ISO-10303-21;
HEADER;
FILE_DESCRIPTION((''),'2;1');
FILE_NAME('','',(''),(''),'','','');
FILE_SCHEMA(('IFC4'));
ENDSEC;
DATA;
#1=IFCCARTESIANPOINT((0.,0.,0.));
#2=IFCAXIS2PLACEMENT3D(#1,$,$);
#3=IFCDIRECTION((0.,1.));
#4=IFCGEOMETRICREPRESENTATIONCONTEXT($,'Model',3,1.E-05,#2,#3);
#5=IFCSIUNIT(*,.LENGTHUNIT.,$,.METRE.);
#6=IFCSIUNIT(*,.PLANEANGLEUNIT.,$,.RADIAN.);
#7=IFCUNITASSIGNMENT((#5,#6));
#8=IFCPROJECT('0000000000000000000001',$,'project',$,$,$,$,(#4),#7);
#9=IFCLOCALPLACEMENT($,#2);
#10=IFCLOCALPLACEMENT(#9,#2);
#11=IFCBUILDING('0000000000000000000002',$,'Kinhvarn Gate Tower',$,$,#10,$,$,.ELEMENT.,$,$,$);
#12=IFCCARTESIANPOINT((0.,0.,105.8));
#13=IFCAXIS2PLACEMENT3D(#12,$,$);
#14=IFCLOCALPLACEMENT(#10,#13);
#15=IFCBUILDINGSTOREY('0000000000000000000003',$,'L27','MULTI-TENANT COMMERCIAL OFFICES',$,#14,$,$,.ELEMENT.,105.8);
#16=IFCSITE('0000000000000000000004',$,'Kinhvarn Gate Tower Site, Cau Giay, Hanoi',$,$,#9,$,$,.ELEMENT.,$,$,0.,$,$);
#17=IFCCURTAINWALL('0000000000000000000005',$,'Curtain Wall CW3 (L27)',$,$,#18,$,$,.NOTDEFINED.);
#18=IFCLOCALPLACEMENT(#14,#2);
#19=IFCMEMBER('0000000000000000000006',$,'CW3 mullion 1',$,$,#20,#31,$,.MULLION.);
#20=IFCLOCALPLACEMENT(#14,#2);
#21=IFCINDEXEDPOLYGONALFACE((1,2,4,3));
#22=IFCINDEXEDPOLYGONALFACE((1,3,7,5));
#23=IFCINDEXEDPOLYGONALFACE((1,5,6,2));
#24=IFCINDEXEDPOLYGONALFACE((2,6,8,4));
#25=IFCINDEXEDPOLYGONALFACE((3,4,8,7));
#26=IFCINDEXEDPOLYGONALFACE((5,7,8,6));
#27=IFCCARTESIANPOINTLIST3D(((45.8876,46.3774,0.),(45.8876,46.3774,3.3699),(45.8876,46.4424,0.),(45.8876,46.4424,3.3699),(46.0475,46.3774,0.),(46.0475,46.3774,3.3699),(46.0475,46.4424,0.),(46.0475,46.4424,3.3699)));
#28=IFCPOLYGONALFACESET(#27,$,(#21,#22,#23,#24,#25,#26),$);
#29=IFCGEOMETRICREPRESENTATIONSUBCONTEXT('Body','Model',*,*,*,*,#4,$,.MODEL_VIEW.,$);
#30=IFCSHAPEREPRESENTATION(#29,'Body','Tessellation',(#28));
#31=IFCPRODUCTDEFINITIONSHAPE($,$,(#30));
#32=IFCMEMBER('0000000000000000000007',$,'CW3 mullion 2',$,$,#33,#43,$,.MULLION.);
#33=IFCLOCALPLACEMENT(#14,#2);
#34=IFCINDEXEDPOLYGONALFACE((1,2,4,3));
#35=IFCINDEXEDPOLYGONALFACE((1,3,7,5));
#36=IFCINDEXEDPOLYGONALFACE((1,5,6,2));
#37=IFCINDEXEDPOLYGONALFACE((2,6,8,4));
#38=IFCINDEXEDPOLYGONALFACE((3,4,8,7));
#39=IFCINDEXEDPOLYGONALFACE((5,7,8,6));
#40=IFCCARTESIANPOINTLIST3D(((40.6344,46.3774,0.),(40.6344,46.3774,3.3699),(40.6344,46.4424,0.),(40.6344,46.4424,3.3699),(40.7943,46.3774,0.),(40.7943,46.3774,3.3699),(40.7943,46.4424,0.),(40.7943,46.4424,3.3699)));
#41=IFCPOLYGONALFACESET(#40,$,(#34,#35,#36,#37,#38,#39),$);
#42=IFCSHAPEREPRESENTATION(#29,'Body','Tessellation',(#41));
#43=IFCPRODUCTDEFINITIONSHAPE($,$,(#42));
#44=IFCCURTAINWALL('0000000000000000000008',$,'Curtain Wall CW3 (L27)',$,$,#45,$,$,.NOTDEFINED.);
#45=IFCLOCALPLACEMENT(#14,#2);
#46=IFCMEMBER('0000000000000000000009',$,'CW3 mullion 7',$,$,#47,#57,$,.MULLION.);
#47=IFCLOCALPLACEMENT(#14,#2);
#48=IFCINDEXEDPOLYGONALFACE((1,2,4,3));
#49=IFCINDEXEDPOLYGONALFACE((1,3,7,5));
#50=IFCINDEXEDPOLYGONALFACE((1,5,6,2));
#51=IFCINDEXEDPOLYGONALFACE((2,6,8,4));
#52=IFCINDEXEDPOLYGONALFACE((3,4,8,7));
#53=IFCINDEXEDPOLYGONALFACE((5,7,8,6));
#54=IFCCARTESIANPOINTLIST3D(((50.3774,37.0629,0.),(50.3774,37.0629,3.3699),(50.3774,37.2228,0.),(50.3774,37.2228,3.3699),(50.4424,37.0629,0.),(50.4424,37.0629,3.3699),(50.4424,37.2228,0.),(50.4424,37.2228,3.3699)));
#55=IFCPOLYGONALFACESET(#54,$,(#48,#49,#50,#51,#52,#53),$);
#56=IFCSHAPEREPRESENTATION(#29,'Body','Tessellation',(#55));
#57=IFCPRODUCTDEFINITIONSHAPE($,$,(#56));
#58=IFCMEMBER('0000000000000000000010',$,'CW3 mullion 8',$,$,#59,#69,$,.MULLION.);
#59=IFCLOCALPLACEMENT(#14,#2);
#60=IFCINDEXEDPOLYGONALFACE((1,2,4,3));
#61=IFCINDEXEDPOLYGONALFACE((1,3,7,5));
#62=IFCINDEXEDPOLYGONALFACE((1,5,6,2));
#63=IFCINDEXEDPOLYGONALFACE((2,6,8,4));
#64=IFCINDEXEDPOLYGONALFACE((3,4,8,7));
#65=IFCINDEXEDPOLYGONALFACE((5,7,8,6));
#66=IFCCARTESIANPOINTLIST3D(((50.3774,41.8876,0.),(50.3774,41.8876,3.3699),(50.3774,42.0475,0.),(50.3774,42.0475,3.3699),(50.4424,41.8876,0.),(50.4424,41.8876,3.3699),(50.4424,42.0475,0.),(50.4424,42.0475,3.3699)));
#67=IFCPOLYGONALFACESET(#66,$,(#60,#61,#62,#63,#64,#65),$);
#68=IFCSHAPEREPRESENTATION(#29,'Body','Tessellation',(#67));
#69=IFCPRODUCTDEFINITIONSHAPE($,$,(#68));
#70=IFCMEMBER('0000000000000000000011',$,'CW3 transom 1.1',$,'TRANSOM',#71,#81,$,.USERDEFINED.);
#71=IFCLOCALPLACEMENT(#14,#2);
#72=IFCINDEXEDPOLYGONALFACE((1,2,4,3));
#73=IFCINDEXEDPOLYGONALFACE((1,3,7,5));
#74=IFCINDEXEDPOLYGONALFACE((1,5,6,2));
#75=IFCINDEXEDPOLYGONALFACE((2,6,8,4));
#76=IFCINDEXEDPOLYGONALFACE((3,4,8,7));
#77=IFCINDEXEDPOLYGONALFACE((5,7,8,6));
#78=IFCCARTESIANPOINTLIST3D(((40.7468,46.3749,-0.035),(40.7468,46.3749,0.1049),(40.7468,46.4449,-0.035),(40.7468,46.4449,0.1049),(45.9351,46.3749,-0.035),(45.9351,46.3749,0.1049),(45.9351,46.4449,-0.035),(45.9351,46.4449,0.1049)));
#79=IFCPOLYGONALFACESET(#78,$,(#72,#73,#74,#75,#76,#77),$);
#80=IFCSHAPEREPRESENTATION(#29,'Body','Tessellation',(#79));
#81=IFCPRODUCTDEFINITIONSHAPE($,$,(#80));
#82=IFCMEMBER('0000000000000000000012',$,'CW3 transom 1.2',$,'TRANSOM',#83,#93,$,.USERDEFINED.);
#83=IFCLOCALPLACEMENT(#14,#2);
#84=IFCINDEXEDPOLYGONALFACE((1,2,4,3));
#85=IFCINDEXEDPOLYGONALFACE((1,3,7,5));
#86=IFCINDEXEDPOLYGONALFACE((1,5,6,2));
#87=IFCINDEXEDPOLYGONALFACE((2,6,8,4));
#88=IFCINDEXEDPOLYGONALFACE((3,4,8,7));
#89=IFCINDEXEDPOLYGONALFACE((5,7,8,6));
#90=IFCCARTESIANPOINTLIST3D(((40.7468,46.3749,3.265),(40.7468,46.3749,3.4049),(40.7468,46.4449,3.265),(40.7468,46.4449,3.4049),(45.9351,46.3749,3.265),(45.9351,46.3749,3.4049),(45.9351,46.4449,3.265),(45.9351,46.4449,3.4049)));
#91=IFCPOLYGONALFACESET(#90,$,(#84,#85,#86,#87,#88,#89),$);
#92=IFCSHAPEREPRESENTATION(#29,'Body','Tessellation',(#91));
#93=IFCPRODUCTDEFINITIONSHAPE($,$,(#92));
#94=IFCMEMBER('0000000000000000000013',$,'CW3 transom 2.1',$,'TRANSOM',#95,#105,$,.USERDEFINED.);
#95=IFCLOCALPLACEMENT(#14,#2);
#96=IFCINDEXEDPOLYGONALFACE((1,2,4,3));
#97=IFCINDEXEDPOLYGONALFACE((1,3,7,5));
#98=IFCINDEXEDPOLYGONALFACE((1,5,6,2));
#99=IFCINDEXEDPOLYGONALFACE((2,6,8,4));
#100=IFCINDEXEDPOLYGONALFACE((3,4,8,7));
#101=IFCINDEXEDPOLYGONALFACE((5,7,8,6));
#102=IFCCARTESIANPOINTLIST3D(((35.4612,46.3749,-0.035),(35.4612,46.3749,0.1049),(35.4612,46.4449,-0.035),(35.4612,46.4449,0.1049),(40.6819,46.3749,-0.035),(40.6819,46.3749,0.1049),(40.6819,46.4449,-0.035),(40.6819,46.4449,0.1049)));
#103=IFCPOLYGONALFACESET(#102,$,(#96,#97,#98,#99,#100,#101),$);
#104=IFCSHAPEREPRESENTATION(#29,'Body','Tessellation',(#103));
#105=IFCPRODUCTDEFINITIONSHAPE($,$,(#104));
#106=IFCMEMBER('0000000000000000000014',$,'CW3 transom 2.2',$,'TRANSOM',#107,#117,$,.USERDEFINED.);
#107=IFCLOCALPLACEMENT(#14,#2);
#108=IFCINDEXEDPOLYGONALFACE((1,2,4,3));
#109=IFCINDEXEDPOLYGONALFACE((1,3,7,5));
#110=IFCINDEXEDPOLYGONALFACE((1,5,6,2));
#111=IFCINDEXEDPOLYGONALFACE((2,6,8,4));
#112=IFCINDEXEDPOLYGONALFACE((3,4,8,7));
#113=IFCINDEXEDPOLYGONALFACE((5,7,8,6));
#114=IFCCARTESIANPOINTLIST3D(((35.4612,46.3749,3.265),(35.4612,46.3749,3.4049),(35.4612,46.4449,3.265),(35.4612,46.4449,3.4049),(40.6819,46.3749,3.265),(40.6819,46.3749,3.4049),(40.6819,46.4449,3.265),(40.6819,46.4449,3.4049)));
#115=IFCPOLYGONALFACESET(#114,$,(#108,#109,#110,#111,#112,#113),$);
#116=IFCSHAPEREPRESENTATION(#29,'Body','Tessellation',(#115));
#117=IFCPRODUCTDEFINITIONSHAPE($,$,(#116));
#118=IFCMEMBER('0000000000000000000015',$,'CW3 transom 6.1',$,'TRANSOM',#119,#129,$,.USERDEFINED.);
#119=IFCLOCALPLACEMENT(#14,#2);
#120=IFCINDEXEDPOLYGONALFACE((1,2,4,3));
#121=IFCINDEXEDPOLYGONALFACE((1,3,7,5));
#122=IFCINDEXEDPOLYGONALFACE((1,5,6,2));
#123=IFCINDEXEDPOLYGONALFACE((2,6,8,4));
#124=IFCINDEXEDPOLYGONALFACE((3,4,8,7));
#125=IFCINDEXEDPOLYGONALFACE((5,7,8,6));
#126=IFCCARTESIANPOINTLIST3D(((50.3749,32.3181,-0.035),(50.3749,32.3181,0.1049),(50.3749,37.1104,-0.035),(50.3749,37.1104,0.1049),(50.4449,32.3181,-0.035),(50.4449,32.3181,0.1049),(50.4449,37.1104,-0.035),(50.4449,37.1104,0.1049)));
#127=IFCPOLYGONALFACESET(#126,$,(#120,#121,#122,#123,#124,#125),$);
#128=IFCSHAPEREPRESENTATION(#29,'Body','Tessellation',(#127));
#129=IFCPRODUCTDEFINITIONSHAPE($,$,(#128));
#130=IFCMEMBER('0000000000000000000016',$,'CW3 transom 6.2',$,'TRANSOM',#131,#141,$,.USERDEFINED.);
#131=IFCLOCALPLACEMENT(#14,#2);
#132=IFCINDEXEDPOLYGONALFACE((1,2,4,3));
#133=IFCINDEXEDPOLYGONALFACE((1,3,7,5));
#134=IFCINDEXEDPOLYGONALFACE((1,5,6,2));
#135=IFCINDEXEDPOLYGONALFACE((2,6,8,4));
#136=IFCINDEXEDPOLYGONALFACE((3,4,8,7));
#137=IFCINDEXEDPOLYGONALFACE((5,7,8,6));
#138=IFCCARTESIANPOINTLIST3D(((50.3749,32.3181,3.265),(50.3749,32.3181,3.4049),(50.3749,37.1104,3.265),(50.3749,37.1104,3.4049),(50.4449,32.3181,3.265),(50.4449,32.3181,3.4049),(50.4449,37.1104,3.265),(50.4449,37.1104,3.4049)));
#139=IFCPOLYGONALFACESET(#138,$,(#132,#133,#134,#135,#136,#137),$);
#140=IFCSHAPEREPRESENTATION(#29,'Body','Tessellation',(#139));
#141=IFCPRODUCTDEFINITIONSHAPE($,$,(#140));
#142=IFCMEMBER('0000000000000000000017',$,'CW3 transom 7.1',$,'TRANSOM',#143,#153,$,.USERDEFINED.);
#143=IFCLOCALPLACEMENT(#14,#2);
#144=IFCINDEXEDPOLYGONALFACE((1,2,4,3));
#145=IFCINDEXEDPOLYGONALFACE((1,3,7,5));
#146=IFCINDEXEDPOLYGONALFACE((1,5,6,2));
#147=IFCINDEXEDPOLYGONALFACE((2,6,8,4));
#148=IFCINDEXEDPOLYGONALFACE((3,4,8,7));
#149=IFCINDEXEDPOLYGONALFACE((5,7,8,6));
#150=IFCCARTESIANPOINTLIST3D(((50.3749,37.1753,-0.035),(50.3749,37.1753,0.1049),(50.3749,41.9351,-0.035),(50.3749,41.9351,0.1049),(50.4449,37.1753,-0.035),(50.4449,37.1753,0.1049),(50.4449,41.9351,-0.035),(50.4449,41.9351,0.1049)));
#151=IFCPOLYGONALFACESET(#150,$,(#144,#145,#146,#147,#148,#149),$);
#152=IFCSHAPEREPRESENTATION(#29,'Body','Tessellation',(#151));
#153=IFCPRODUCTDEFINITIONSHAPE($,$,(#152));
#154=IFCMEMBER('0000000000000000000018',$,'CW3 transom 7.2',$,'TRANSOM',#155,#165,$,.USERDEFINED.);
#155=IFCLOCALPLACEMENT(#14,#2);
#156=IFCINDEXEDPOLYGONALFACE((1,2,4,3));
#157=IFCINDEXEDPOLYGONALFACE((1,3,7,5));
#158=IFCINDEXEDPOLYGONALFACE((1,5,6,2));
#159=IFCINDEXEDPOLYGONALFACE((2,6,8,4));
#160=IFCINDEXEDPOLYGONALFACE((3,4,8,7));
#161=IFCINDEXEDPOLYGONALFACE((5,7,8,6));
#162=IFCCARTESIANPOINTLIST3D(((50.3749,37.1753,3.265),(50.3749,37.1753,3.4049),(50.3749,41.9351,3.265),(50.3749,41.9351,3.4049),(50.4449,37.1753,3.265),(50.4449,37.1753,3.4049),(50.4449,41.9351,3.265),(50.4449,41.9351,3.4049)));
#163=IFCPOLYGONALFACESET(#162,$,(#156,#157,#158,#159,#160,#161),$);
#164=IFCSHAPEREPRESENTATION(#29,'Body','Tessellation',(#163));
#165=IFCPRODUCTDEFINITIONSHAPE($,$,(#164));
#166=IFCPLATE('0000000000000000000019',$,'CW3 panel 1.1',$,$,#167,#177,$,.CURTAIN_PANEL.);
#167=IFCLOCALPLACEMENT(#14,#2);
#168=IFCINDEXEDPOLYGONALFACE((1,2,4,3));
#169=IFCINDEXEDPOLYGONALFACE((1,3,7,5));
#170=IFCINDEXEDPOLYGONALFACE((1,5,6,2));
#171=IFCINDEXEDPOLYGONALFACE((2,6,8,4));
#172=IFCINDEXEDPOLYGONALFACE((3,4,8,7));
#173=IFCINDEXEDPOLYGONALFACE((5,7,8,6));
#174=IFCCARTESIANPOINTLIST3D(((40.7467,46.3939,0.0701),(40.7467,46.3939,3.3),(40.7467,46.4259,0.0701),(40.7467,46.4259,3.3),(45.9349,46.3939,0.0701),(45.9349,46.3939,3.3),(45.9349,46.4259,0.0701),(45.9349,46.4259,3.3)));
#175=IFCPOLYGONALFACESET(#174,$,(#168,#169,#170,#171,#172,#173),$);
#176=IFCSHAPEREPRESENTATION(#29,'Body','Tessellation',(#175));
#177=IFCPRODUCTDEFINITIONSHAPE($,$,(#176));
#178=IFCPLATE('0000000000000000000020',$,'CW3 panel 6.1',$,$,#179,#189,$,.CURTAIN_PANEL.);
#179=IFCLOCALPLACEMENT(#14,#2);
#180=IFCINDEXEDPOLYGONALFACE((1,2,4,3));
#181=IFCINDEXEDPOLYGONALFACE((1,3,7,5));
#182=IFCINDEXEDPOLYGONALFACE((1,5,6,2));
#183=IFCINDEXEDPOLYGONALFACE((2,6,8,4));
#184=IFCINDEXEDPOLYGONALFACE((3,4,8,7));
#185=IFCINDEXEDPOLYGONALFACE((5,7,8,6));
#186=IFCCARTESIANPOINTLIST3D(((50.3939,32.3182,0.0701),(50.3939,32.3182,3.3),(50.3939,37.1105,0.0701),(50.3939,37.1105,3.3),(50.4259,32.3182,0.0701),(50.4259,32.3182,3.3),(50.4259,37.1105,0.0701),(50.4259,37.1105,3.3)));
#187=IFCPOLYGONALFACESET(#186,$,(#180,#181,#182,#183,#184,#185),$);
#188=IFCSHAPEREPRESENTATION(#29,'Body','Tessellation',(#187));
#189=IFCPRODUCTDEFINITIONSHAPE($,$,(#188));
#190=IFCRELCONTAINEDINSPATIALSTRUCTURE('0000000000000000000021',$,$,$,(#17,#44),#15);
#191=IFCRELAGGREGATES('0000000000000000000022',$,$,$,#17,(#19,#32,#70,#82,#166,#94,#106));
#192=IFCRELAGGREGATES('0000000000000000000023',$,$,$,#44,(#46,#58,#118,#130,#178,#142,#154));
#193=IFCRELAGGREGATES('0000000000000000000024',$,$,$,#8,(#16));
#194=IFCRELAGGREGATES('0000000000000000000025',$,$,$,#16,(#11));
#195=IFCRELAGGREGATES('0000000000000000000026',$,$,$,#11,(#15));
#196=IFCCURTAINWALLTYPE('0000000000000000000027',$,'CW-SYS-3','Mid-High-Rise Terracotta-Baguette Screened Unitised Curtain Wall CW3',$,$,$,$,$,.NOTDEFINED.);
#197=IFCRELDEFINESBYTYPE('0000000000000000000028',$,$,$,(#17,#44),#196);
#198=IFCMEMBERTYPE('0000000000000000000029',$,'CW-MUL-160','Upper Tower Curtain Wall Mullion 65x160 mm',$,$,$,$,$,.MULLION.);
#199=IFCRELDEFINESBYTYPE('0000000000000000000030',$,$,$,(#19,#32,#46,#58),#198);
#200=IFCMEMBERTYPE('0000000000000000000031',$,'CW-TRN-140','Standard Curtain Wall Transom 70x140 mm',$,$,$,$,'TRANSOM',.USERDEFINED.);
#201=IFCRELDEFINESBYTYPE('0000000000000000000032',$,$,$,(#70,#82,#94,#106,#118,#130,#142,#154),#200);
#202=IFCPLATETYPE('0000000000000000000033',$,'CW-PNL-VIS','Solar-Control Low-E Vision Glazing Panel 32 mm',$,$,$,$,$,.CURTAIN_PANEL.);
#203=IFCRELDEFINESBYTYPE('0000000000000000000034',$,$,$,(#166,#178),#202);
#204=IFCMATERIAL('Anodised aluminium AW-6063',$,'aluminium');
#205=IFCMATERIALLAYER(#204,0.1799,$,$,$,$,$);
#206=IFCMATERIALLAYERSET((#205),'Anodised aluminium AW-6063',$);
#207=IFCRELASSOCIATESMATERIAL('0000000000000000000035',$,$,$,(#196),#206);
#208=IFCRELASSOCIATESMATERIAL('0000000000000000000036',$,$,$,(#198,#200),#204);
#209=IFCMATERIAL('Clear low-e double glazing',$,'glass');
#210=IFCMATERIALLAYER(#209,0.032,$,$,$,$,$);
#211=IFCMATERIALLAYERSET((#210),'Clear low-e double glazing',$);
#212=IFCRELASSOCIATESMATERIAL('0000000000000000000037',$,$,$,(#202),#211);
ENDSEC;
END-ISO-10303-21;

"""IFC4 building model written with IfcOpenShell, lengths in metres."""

from ifc_helpers import new_model, si_unit, direction, frame, origin, origin_2d, place, context, subcontext, project, spatial, rectangle, extrude, material, layer, layer_set, material_profile, profile_set, type_object, element, aggregate, save


model = new_model("IFC4")

# Units and contexts
model_context = context("Model", 3, precision=1e-05, world=origin(), true_north=direction((0.0, 1.0)))
body_context = subcontext(model_context, "Body", "Model", "MODEL_VIEW")
ifc_project = project(units=[si_unit("LENGTHUNIT", "METRE"), si_unit("PLANEANGLEUNIT", "RADIAN")], contexts=[model_context])

# Site, building, storey
site_placement = place(None, origin())
site = spatial("IfcSite", under=ifc_project, at=site_placement, Name="Kinhvarn Gate Tower Site, Cau Giay, Hanoi", CompositionType="ELEMENT", RefElevation=0.0)
building_placement = place(site_placement, origin())
building = spatial("IfcBuilding", under=site, at=building_placement, Name="Kinhvarn Gate Tower", CompositionType="ELEMENT")
storey_placement = place(building_placement, frame((0.0, 0.0, 105.8)))
storey = spatial("IfcBuildingStorey", under=building, at=storey_placement, Name="L27", Description="MULTI-TENANT COMMERCIAL OFFICES", CompositionType="ELEMENT", Elevation=105.8)

# Curtain walls, members
ifc_material_1 = material(Name="Anodised aluminium AW-6063", Category="aluminium")
ifc_layer_1 = layer(ifc_material_1, 0.1799)
ifc_layer_set_1 = layer_set([ifc_layer_1], Name="Anodised aluminium AW-6063")
curtain_wall_type = type_object("IfcCurtainWallType", Name="CW-SYS-3", Description="Mid-High-Rise Terracotta-Baguette Screened Unitised Curtain Wall CW3", PredefinedType="NOTDEFINED", material=ifc_layer_set_1)
curtain_wall_1_placement = place(storey_placement, origin())
curtain_wall_1 = element("IfcCurtainWall", 1, at=curtain_wall_1_placement, inside=storey, type_object=curtain_wall_type, Name="Curtain Wall CW3 (L27)", PredefinedType="NOTDEFINED")
ifc_material_profile_1 = material_profile(ifc_material_1, rectangle(XDim=0.0649, YDim=0.1599, at=origin_2d()), Name="ALU 65x160")
ifc_profile_set_1 = profile_set([ifc_material_profile_1], Name="Anodised aluminium AW-6063")
member_type_1 = type_object("IfcMemberType", Name="CW-MUL-160", Description="Upper Tower Curtain Wall Mullion 65x160 mm", PredefinedType="MULLION", material=ifc_profile_set_1)
member_1_placement = place(storey_placement, frame((45.9675, 46.4099, 0.0), z_axis=(0.0, 0.0, 1.0), x_axis=(0.0, -1.0, 0.0)))
member_1 = element("IfcMember", 2, at=member_1_placement, type_object=member_type_1, Name="CW3 mullion 1", PredefinedType="MULLION", context=body_context, shape_type="SweptSolid", body=[
    extrude(rectangle(XDim=0.0649, YDim=0.1599, at=origin_2d()), origin(), (0.0, 0.0, 1.0), 3.3699),
])
member_2_placement = place(storey_placement, frame((40.7144, 46.4099, 0.0), z_axis=(0.0, 0.0, 1.0), x_axis=(0.0, -1.0, 0.0)))
member_2 = element("IfcMember", 3, at=member_2_placement, type_object=member_type_1, Name="CW3 mullion 2", PredefinedType="MULLION", context=body_context, shape_type="SweptSolid", body=[
    extrude(rectangle(XDim=0.0649, YDim=0.1599, at=origin_2d()), origin(), (0.0, 0.0, 1.0), 3.3699),
])
curtain_wall_2_placement = place(storey_placement, origin())
curtain_wall_2 = element("IfcCurtainWall", 4, at=curtain_wall_2_placement, inside=storey, type_object=curtain_wall_type, Name="Curtain Wall CW3 (L27)", PredefinedType="NOTDEFINED")
member_3_placement = place(storey_placement, frame((50.4099, 37.1428, 0.0), z_axis=(0.0, 0.0, 1.0), x_axis=(-1.0, 0.0, 0.0)))
member_3 = element("IfcMember", 5, at=member_3_placement, type_object=member_type_1, Name="CW3 mullion 7", PredefinedType="MULLION", context=body_context, shape_type="SweptSolid", body=[
    extrude(rectangle(XDim=0.0649, YDim=0.1599, at=origin_2d()), origin(), (0.0, 0.0, 1.0), 3.3699),
])
member_4_placement = place(storey_placement, frame((50.4099, 41.9675, 0.0), z_axis=(0.0, 0.0, 1.0), x_axis=(-1.0, 0.0, 0.0)))
member_4 = element("IfcMember", 6, at=member_4_placement, type_object=member_type_1, Name="CW3 mullion 8", PredefinedType="MULLION", context=body_context, shape_type="SweptSolid", body=[
    extrude(rectangle(XDim=0.0649, YDim=0.1599, at=origin_2d()), origin(), (0.0, 0.0, 1.0), 3.3699),
])

# Members
ifc_material_profile_2 = material_profile(ifc_material_1, rectangle(XDim=0.0701, YDim=0.1399, at=origin_2d()), Name="ALU 70x140")
ifc_profile_set_2 = profile_set([ifc_material_profile_2], Name="Anodised aluminium AW-6063")
member_type_2 = type_object("IfcMemberType", Name="CW-TRN-140", Description="Standard Curtain Wall Transom 70x140 mm", ElementType="TRANSOM", PredefinedType="USERDEFINED", material=ifc_profile_set_2)
member_5_placement = place(storey_placement, frame((45.9351, 46.4099, 0.0349), z_axis=(-1.0, 0.0, 0.0), x_axis=(0.0, -1.0, 0.0)))
member_5 = element("IfcMember", 7, at=member_5_placement, type_object=member_type_2, Name="CW3 transom 1.1", ObjectType="TRANSOM", PredefinedType="USERDEFINED", context=body_context, shape_type="SweptSolid", body=[
    extrude(rectangle(XDim=0.0701, YDim=0.1399, at=origin_2d()), origin(), (0.0, 0.0, 1.0), 5.1882),
])
member_6_placement = place(storey_placement, frame((45.9351, 46.4099, 3.335), z_axis=(-1.0, 0.0, 0.0), x_axis=(0.0, -1.0, 0.0)))
member_6 = element("IfcMember", 8, at=member_6_placement, type_object=member_type_2, Name="CW3 transom 1.2", ObjectType="TRANSOM", PredefinedType="USERDEFINED", context=body_context, shape_type="SweptSolid", body=[
    extrude(rectangle(XDim=0.0701, YDim=0.1399, at=origin_2d()), origin(), (0.0, 0.0, 1.0), 5.1882),
])
member_7_placement = place(storey_placement, frame((40.6819, 46.4099, 0.0349), z_axis=(-1.0, 0.0, 0.0), x_axis=(0.0, -1.0, 0.0)))
member_7 = element("IfcMember", 9, at=member_7_placement, type_object=member_type_2, Name="CW3 transom 2.1", ObjectType="TRANSOM", PredefinedType="USERDEFINED", context=body_context, shape_type="SweptSolid", body=[
    extrude(rectangle(XDim=0.0701, YDim=0.1399, at=origin_2d()), origin(), (0.0, 0.0, 1.0), 5.2207),
])
member_8_placement = place(storey_placement, frame((40.6819, 46.4099, 3.335), z_axis=(-1.0, 0.0, 0.0), x_axis=(0.0, -1.0, 0.0)))
member_8 = element("IfcMember", 10, at=member_8_placement, type_object=member_type_2, Name="CW3 transom 2.2", ObjectType="TRANSOM", PredefinedType="USERDEFINED", context=body_context, shape_type="SweptSolid", body=[
    extrude(rectangle(XDim=0.0701, YDim=0.1399, at=origin_2d()), origin(), (0.0, 0.0, 1.0), 5.2207),
])
member_9_placement = place(storey_placement, frame((50.4099, 32.3181, 0.0349), z_axis=(0.0, 1.0, 0.0), x_axis=(-1.0, 0.0, 0.0)))
member_9 = element("IfcMember", 11, at=member_9_placement, type_object=member_type_2, Name="CW3 transom 6.1", ObjectType="TRANSOM", PredefinedType="USERDEFINED", context=body_context, shape_type="SweptSolid", body=[
    extrude(rectangle(XDim=0.0701, YDim=0.1399, at=origin_2d()), origin(), (0.0, 0.0, 1.0), 4.7922),
])
member_10_placement = place(storey_placement, frame((50.4099, 32.3181, 3.335), z_axis=(0.0, 1.0, 0.0), x_axis=(-1.0, 0.0, 0.0)))
member_10 = element("IfcMember", 12, at=member_10_placement, type_object=member_type_2, Name="CW3 transom 6.2", ObjectType="TRANSOM", PredefinedType="USERDEFINED", context=body_context, shape_type="SweptSolid", body=[
    extrude(rectangle(XDim=0.0701, YDim=0.1399, at=origin_2d()), origin(), (0.0, 0.0, 1.0), 4.7922),
])
member_11_placement = place(storey_placement, frame((50.4099, 37.1753, 0.0349), z_axis=(0.0, 1.0, 0.0), x_axis=(-1.0, 0.0, 0.0)))
member_11 = element("IfcMember", 13, at=member_11_placement, type_object=member_type_2, Name="CW3 transom 7.1", ObjectType="TRANSOM", PredefinedType="USERDEFINED", context=body_context, shape_type="SweptSolid", body=[
    extrude(rectangle(XDim=0.0701, YDim=0.1399, at=origin_2d()), origin(), (0.0, 0.0, 1.0), 4.7598),
])
member_12_placement = place(storey_placement, frame((50.4099, 37.1753, 3.335), z_axis=(0.0, 1.0, 0.0), x_axis=(-1.0, 0.0, 0.0)))
member_12 = element("IfcMember", 14, at=member_12_placement, type_object=member_type_2, Name="CW3 transom 7.2", ObjectType="TRANSOM", PredefinedType="USERDEFINED", context=body_context, shape_type="SweptSolid", body=[
    extrude(rectangle(XDim=0.0701, YDim=0.1399, at=origin_2d()), origin(), (0.0, 0.0, 1.0), 4.7598),
])

# Plates
ifc_material_2 = material(Name="Clear low-e double glazing", Category="glass")
ifc_layer_2 = layer(ifc_material_2, 0.032)
ifc_layer_set_2 = layer_set([ifc_layer_2], Name="Clear low-e double glazing")
plate_type = type_object("IfcPlateType", Name="CW-PNL-VIS", Description="Solar-Control Low-E Vision Glazing Panel 32 mm", PredefinedType="CURTAIN_PANEL", material=ifc_layer_set_2)
plate_1_placement = place(storey_placement, frame((43.3408, 46.4099, 0.0701), z_axis=(0.0, 0.0, 1.0), x_axis=(-1.0, 0.0, 0.0)))
plate_1 = element("IfcPlate", 15, at=plate_1_placement, type_object=plate_type, Name="CW3 panel 1.1", PredefinedType="CURTAIN_PANEL", context=body_context, shape_type="SweptSolid", body=[
    extrude(rectangle(XDim=5.1882, YDim=0.032, at=origin_2d()), origin(), (0.0, 0.0, 1.0), 3.23),
])
aggregate(curtain_wall_1, [member_1, member_2, member_5, member_6, plate_1, member_7, member_8])
plate_2_placement = place(storey_placement, frame((50.4099, 34.7144, 0.0701), z_axis=(0.0, 0.0, 1.0), x_axis=(0.0, 1.0, 0.0)))
plate_2 = element("IfcPlate", 16, at=plate_2_placement, type_object=plate_type, Name="CW3 panel 6.1", PredefinedType="CURTAIN_PANEL", context=body_context, shape_type="SweptSolid", body=[
    extrude(rectangle(XDim=4.7922, YDim=0.032, at=origin_2d()), origin(), (0.0, 0.0, 1.0), 3.23),
])
aggregate(curtain_wall_2, [member_3, member_4, member_9, member_10, plate_2, member_11, member_12])

save(model, "model.ifc")
